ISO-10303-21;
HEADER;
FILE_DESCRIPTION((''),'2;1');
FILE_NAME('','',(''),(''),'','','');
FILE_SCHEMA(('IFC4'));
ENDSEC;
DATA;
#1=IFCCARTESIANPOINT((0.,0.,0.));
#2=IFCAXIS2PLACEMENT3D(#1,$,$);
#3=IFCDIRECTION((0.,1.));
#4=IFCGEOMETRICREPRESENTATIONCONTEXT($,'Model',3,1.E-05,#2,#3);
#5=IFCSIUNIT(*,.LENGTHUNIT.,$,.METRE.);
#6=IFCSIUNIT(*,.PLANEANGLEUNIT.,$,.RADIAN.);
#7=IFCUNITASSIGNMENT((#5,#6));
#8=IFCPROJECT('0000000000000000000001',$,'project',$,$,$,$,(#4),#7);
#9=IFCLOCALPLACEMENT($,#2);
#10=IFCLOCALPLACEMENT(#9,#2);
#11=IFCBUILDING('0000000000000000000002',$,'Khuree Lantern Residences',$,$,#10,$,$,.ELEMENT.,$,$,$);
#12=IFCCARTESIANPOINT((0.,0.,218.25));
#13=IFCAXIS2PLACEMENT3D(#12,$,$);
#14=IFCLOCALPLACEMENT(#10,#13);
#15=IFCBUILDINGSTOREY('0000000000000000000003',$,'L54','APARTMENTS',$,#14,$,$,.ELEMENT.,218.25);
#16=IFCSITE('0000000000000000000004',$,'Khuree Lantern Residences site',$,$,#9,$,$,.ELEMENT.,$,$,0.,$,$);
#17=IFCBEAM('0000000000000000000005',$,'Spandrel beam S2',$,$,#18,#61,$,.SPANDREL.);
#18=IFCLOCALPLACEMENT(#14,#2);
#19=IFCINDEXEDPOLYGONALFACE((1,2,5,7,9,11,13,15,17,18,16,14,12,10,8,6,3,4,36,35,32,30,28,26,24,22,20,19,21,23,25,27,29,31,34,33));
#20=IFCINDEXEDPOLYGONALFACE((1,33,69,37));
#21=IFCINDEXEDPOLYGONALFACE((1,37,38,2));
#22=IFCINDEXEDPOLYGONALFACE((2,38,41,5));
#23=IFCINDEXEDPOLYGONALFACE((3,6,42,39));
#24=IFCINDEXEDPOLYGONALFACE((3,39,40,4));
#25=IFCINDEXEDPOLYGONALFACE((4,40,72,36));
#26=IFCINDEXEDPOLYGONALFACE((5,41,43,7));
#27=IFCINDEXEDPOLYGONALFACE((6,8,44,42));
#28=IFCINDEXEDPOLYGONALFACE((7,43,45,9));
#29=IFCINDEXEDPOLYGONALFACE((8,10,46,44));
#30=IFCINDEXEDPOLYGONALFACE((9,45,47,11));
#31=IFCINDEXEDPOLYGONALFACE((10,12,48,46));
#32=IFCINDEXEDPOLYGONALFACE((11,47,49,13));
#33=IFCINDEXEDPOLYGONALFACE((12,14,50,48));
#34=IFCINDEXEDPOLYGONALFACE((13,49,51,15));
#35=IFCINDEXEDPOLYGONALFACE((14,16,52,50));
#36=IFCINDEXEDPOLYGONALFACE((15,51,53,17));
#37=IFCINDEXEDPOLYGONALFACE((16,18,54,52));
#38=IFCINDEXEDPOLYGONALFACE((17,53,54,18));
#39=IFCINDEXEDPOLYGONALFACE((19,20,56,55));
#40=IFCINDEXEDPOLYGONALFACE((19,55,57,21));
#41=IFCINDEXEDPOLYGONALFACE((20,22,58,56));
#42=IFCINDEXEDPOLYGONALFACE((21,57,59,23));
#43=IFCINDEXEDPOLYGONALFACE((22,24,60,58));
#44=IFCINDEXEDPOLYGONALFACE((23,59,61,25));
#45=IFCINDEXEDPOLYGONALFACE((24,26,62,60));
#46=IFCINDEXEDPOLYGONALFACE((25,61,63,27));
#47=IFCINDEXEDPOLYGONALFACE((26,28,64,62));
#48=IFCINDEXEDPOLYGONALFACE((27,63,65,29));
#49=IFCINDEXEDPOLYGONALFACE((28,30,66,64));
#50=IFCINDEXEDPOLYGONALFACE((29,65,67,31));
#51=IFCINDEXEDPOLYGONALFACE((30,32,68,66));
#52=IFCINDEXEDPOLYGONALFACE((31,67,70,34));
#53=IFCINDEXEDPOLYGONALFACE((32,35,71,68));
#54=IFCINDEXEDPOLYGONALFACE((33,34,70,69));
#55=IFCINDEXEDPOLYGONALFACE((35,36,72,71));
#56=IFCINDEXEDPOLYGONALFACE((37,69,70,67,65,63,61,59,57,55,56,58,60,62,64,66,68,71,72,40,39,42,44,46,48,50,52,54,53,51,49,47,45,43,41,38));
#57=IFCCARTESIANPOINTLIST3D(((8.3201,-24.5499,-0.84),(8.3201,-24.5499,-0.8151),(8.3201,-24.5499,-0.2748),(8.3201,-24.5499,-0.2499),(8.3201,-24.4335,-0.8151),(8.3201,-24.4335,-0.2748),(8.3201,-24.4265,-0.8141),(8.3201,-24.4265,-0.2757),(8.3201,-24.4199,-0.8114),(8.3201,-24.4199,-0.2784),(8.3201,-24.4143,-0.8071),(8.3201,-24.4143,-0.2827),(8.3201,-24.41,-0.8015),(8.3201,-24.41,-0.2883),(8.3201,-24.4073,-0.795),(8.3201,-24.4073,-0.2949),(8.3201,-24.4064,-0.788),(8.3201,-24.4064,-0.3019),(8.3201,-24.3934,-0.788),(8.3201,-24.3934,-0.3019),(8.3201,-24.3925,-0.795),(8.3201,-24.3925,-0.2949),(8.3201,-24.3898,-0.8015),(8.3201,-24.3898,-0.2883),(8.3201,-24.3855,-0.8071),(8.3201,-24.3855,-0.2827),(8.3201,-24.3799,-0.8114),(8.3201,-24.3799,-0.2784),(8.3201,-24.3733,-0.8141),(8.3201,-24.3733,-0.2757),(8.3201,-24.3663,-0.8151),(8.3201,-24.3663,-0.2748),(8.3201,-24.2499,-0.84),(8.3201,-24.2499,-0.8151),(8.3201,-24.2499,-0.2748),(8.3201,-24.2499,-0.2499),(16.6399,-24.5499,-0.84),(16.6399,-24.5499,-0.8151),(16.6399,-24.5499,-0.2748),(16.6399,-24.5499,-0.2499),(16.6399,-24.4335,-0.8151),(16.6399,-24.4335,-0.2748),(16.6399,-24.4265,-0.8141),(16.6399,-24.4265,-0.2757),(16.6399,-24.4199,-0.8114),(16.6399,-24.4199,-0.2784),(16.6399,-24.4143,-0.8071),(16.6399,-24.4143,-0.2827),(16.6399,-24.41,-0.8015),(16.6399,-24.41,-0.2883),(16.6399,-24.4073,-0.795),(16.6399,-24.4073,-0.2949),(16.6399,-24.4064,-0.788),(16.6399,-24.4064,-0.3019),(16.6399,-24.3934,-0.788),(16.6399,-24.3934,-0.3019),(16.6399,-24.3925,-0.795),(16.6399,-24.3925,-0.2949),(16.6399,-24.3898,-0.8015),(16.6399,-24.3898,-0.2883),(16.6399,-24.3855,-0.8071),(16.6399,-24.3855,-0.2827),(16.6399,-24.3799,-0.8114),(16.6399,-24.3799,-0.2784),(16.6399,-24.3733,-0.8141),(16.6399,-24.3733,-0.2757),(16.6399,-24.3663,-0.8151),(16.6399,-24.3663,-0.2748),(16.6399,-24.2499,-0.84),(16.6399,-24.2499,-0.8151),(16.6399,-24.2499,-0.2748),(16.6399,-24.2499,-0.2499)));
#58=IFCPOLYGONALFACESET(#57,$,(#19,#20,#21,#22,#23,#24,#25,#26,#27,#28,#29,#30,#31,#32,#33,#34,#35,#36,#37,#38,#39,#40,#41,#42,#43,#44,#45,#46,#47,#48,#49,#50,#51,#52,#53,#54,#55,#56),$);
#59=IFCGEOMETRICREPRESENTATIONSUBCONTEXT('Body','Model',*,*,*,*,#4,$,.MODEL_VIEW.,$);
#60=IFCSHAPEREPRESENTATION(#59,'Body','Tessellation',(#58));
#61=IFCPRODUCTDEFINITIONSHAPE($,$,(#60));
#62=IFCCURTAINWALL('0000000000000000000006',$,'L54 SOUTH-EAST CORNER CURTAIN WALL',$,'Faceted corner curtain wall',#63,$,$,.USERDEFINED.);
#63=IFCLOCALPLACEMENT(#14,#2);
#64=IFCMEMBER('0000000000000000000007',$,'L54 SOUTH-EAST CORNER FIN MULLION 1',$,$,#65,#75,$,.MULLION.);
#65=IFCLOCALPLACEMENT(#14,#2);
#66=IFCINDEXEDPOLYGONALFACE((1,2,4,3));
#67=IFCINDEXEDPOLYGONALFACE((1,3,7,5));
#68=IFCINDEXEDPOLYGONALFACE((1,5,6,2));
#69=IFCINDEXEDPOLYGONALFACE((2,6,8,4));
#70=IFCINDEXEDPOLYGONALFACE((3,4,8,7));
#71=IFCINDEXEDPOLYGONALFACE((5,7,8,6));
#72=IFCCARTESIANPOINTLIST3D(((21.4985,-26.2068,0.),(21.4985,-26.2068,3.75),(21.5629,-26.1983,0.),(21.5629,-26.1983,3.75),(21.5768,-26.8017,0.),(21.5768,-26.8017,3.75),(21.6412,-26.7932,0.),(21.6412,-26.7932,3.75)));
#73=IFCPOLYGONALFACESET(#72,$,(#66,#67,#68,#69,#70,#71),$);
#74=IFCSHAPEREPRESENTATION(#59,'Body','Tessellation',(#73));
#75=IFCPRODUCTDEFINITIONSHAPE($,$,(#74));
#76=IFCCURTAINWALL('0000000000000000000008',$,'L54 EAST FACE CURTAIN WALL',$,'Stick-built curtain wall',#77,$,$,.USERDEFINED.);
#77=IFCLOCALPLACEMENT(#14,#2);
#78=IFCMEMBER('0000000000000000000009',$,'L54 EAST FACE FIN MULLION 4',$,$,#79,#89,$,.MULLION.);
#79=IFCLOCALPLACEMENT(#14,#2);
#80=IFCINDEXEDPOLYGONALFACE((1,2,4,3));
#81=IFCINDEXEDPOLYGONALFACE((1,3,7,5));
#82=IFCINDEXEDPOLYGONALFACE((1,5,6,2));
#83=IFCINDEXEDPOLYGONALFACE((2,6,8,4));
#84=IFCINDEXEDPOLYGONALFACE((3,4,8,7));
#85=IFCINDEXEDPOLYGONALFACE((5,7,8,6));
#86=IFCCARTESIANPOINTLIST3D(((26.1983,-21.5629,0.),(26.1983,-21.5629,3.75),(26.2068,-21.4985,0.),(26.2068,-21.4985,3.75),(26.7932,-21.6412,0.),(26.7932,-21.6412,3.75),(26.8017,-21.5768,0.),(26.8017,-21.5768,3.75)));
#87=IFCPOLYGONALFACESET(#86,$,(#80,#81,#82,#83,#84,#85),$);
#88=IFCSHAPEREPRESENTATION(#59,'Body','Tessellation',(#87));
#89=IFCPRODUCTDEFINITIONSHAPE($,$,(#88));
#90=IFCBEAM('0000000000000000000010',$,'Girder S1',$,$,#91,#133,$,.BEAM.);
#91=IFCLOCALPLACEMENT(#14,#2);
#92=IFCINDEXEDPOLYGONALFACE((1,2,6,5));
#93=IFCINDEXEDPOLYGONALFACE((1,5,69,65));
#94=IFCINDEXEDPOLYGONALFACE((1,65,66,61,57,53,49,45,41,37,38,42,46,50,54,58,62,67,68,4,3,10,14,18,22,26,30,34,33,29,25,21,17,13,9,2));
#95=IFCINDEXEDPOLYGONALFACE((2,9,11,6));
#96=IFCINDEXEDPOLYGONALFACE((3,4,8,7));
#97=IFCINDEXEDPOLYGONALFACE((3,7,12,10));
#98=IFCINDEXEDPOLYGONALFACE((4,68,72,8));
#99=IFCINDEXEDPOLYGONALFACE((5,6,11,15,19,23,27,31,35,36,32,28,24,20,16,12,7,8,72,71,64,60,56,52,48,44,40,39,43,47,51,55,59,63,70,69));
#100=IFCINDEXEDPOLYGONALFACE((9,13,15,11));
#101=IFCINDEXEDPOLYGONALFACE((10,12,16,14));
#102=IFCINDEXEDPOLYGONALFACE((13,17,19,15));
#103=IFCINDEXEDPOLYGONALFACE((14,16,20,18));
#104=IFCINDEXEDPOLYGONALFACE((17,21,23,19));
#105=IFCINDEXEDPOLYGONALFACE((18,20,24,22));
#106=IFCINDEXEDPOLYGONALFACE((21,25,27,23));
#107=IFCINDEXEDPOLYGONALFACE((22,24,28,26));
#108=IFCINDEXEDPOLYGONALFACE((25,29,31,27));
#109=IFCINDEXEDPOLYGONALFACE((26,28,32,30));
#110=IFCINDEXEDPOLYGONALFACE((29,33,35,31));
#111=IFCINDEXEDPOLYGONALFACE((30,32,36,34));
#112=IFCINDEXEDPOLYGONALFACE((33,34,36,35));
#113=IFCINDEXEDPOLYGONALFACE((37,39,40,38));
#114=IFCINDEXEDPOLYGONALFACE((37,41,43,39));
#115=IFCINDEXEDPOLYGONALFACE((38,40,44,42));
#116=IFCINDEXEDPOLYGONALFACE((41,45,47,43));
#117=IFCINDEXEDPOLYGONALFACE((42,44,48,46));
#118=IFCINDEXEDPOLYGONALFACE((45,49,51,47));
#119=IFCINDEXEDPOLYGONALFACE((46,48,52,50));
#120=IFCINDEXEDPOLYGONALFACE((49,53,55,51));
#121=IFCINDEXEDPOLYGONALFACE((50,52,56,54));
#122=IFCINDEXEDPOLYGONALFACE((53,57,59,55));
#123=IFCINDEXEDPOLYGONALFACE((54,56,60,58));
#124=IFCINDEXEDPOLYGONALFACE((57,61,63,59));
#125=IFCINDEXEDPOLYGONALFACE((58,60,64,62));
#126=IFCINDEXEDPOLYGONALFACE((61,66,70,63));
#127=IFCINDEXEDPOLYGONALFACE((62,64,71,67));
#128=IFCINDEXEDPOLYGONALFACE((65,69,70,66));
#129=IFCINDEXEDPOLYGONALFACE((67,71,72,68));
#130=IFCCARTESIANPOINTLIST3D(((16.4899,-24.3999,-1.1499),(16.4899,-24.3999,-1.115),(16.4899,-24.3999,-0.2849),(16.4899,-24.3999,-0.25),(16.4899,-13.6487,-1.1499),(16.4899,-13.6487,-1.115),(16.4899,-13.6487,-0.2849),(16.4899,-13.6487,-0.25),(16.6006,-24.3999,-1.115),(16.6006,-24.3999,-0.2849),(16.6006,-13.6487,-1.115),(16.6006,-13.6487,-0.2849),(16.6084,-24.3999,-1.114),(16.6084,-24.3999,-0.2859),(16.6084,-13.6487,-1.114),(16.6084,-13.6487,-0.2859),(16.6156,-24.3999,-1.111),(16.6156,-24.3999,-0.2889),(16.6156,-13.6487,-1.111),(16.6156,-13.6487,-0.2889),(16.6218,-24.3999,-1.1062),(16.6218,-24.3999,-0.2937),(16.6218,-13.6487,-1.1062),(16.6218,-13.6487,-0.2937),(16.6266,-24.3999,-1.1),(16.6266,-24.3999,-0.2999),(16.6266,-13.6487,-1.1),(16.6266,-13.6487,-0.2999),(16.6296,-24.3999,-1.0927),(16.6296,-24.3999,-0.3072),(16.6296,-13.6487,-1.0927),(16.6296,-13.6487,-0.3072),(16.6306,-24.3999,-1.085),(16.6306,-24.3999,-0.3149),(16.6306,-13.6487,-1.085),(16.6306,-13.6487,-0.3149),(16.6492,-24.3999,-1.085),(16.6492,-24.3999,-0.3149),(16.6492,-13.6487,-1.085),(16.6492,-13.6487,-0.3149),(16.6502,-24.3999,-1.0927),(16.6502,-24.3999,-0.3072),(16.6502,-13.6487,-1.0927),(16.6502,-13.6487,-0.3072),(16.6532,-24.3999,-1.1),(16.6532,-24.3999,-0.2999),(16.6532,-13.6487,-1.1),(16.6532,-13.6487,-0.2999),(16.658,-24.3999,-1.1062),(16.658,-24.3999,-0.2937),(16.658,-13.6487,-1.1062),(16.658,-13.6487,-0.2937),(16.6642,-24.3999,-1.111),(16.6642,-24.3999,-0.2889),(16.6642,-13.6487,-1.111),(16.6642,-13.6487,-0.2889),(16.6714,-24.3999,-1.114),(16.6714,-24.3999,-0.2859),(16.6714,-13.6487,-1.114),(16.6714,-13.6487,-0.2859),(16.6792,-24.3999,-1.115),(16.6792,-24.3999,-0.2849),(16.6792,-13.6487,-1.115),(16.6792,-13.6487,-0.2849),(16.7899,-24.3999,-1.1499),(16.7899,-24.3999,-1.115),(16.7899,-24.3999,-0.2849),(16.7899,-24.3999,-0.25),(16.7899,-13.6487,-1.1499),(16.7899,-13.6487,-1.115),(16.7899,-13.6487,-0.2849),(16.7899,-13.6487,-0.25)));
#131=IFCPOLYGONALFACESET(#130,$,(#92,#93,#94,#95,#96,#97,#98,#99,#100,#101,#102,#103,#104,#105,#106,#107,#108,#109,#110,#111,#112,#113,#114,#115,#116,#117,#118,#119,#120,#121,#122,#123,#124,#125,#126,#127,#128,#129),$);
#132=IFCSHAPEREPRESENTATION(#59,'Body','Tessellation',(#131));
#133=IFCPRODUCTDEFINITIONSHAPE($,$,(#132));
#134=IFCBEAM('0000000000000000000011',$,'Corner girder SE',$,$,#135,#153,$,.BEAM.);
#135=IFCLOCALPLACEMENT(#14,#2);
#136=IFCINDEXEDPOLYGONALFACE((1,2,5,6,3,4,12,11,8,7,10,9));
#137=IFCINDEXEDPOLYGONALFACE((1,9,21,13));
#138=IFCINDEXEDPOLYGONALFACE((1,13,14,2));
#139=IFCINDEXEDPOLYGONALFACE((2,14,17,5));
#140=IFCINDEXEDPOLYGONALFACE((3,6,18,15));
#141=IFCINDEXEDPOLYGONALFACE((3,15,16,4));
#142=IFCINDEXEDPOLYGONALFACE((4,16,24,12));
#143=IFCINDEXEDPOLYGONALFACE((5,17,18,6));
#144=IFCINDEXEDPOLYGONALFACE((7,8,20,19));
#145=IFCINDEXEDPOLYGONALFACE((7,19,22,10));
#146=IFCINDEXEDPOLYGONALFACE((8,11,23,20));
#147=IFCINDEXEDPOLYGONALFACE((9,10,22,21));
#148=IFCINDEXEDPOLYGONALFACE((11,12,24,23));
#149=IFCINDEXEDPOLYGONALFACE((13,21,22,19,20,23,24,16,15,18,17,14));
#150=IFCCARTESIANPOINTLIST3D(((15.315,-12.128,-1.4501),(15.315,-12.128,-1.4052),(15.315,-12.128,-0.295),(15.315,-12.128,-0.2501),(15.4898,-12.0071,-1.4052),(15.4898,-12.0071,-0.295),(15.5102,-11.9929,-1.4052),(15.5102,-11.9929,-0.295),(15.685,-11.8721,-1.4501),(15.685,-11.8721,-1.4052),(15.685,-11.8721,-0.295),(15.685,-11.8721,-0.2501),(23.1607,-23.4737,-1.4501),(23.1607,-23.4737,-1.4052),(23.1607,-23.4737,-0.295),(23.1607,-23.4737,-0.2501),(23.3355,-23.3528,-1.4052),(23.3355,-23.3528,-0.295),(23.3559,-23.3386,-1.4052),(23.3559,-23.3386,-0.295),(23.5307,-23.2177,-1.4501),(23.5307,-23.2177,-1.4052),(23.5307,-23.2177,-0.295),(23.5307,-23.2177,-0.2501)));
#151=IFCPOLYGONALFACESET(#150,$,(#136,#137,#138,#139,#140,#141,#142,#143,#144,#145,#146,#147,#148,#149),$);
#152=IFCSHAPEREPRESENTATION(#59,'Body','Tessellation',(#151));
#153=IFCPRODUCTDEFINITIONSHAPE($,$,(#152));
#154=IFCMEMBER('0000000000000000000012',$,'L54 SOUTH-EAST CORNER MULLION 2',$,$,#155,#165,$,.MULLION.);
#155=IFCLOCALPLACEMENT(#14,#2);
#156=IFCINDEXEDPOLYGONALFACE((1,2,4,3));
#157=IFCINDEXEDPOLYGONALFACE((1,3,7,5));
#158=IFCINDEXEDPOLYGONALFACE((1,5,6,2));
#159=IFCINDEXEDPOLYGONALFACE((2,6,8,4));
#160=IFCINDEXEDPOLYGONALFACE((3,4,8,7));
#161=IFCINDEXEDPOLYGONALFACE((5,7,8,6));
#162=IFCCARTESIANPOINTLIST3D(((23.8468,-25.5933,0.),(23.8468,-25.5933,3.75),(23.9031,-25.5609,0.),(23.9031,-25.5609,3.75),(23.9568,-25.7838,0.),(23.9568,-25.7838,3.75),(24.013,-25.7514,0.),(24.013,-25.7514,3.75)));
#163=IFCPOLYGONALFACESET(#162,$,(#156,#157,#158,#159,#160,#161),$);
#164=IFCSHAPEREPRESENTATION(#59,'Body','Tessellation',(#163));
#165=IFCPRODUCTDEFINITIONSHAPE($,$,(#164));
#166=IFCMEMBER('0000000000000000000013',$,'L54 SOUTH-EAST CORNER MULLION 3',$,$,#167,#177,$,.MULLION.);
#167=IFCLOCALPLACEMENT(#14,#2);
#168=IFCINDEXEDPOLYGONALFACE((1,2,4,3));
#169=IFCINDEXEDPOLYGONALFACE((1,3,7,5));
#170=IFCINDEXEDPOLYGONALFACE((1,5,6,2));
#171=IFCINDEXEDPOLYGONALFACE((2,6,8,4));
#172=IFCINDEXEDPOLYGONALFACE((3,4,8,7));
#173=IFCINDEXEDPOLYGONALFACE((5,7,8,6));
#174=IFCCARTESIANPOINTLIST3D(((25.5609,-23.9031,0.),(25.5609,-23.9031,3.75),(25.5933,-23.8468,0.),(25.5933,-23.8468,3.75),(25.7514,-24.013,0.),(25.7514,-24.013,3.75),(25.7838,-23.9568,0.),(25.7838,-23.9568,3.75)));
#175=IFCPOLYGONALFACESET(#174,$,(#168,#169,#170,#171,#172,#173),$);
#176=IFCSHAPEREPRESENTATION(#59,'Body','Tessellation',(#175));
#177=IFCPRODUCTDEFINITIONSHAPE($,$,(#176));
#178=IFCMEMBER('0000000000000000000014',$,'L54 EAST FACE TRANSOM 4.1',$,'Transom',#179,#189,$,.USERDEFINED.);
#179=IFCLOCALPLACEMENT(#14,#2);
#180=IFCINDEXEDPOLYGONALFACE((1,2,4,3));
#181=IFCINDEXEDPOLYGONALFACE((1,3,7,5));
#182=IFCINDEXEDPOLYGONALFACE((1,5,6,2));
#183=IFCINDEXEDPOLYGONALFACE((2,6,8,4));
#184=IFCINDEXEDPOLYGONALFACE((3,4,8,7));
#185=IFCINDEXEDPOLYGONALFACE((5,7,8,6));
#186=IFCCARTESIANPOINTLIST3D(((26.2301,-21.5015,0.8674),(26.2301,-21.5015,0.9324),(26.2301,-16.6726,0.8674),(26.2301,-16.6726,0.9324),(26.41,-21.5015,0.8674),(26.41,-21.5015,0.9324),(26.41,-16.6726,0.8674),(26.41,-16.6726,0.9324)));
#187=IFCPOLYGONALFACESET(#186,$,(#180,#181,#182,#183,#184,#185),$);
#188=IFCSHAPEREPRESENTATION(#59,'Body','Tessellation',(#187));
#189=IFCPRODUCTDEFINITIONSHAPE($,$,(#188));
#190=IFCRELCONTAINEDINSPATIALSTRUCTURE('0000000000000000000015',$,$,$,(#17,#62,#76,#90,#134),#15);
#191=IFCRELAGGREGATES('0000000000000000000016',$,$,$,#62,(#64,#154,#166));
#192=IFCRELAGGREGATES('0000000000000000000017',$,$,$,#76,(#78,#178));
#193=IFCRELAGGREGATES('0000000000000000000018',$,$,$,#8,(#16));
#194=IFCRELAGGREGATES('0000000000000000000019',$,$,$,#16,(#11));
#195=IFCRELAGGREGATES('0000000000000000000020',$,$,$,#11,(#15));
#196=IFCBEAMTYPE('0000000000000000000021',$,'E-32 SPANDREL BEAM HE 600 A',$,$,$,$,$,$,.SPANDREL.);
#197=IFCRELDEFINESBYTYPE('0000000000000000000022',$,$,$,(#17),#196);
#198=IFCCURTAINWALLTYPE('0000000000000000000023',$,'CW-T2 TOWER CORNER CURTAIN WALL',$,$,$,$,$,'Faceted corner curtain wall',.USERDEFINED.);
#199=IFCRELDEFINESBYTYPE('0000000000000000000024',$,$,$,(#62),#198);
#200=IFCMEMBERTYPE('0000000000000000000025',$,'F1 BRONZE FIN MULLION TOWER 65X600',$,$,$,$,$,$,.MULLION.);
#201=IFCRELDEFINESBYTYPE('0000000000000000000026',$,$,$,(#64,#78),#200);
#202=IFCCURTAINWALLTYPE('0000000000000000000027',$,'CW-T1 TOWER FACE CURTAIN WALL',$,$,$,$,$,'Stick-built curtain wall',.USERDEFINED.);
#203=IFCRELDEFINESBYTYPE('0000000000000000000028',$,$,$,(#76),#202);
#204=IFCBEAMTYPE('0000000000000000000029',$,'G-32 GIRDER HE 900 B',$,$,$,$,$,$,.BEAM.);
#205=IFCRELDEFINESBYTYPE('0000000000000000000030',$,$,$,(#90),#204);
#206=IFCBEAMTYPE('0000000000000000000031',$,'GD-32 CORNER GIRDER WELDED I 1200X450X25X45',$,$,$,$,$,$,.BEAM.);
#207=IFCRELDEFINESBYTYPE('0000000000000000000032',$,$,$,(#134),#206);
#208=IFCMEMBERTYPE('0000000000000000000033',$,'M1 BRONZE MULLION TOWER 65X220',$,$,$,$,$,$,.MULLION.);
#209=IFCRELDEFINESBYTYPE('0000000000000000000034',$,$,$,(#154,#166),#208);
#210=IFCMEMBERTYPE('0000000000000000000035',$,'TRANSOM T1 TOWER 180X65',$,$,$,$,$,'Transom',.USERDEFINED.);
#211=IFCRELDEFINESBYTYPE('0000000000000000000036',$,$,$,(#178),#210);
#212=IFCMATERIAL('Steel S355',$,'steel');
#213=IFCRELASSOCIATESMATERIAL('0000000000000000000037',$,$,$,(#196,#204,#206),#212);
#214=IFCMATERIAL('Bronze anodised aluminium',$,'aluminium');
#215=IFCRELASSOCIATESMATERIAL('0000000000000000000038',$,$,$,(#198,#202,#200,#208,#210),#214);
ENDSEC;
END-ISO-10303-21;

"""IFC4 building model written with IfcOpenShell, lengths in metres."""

from ifc_helpers import new_model, si_unit, direction, frame, origin, origin_2d, place, context, subcontext, project, spatial, rectangle, i_section, extrude, material, material_profile, profile_set, type_object, element, aggregate, save


model = new_model("IFC4")

# Units and contexts
model_context = context("Model", 3, precision=1e-05, world=origin(), true_north=direction((0.0, 1.0)))
body_context = subcontext(model_context, "Body", "Model", "MODEL_VIEW")
ifc_project = project(units=[si_unit("LENGTHUNIT", "METRE"), si_unit("PLANEANGLEUNIT", "RADIAN")], contexts=[model_context])

# Site, building, storey
site_placement = place(None, origin())
site = spatial("IfcSite", under=ifc_project, at=site_placement, Name="Khuree Lantern Residences site", CompositionType="ELEMENT", RefElevation=0.0)
building_placement = place(site_placement, origin())
building = spatial("IfcBuilding", under=site, at=building_placement, Name="Khuree Lantern Residences", CompositionType="ELEMENT")
storey_placement = place(building_placement, frame((0.0, 0.0, 218.25)))
storey = spatial("IfcBuildingStorey", under=building, at=storey_placement, Name="L54", Description="APARTMENTS", CompositionType="ELEMENT", Elevation=218.25)

# Beam
ifc_material_1 = material(Name="Steel S355", Category="steel")
ifc_material_profile_1 = material_profile(ifc_material_1, i_section(OverallWidth=0.3, OverallDepth=0.5901, WebThickness=0.0129, FlangeThickness=0.0249, FilletRadius=0.0271, at=origin_2d()), Name="HE 600 A")
ifc_profile_set_1 = profile_set([ifc_material_profile_1], Name="Steel S355")
beam_type_1 = type_object("IfcBeamType", Name="E-32 SPANDREL BEAM HE 600 A", PredefinedType="SPANDREL", material=ifc_profile_set_1)
beam_1_placement = place(storey_placement, frame((16.6399, -24.3999, -0.5449), z_axis=(-1.0, 0.0, 0.0), x_axis=(0.0, -1.0, 0.0)))
element("IfcBeam", 1, at=beam_1_placement, inside=storey, type_object=beam_type_1, Name="Spandrel beam S2", PredefinedType="SPANDREL", context=body_context, shape_type="SweptSolid", body=[
    extrude(i_section(OverallWidth=0.3, OverallDepth=0.5901, WebThickness=0.0129, FlangeThickness=0.0249, FilletRadius=0.0271, at=origin_2d()), origin(), (0.0, 0.0, 1.0), 8.3198),
])

# Curtain walls, members
ifc_material_2 = material(Name="Bronze anodised aluminium", Category="aluminium")
curtain_wall_type_1 = type_object("IfcCurtainWallType", Name="CW-T2 TOWER CORNER CURTAIN WALL", ElementType="Faceted corner curtain wall", PredefinedType="USERDEFINED", material=ifc_material_2)
curtain_wall_1_placement = place(storey_placement, origin())
curtain_wall_1 = element("IfcCurtainWall", 2, at=curtain_wall_1_placement, inside=storey, type_object=curtain_wall_type_1, Name="L54 SOUTH-EAST CORNER CURTAIN WALL", ObjectType="Faceted corner curtain wall", PredefinedType="USERDEFINED")
ifc_material_profile_2 = material_profile(ifc_material_2, rectangle(XDim=0.0649, YDim=0.6001, at=origin_2d()), Name="F1 65X600")
ifc_profile_set_2 = profile_set([ifc_material_profile_2], Name="Bronze anodised aluminium")
member_type_1 = type_object("IfcMemberType", Name="F1 BRONZE FIN MULLION TOWER 65X600", PredefinedType="MULLION", material=ifc_profile_set_2)
member_1_placement = place(storey_placement, frame((21.5698, -26.5, 0.0), z_axis=(0.0, 0.0, 1.0), x_axis=(0.991445, 0.130526, 0.0)))
member_1 = element("IfcMember", 3, at=member_1_placement, type_object=member_type_1, Name="L54 SOUTH-EAST CORNER FIN MULLION 1", PredefinedType="MULLION", context=body_context, shape_type="SweptSolid", body=[
    extrude(rectangle(XDim=0.0649, YDim=0.6001, at=origin_2d()), origin(), (0.0, 0.0, 1.0), 3.75),
])
curtain_wall_type_2 = type_object("IfcCurtainWallType", Name="CW-T1 TOWER FACE CURTAIN WALL", ElementType="Stick-built curtain wall", PredefinedType="USERDEFINED", material=ifc_material_2)
curtain_wall_2_placement = place(storey_placement, origin())
curtain_wall_2 = element("IfcCurtainWall", 4, at=curtain_wall_2_placement, inside=storey, type_object=curtain_wall_type_2, Name="L54 EAST FACE CURTAIN WALL", ObjectType="Stick-built curtain wall", PredefinedType="USERDEFINED")
member_2_placement = place(storey_placement, frame((26.5, -21.5698, 0.0), z_axis=(0.0, 0.0, 1.0), x_axis=(0.130526, 0.991445, 0.0)))
member_2 = element("IfcMember", 5, at=member_2_placement, type_object=member_type_1, Name="L54 EAST FACE FIN MULLION 4", PredefinedType="MULLION", context=body_context, shape_type="SweptSolid", body=[
    extrude(rectangle(XDim=0.0649, YDim=0.6001, at=origin_2d()), origin(), (0.0, 0.0, 1.0), 3.75),
])

# Beams
ifc_material_profile_3 = material_profile(ifc_material_1, i_section(OverallWidth=0.3, OverallDepth=0.8999, WebThickness=0.0186, FlangeThickness=0.0349, FilletRadius=0.03, at=origin_2d()), Name="HE 900 B")
ifc_profile_set_3 = profile_set([ifc_material_profile_3], Name="Steel S355")
beam_type_2 = type_object("IfcBeamType", Name="G-32 GIRDER HE 900 B", PredefinedType="BEAM", material=ifc_profile_set_3)
beam_2_placement = place(storey_placement, frame((16.6399, -24.3999, -0.7), z_axis=(0.0, 1.0, 0.0), x_axis=(-1.0, 0.0, 0.0)))
element("IfcBeam", 6, at=beam_2_placement, inside=storey, type_object=beam_type_2, Name="Girder S1", PredefinedType="BEAM", context=body_context, shape_type="SweptSolid", body=[
    extrude(i_section(OverallWidth=0.3, OverallDepth=0.8999, WebThickness=0.0186, FlangeThickness=0.0349, FilletRadius=0.03, at=origin_2d()), origin(), (0.0, 0.0, 1.0), 10.7512),
])
ifc_material_profile_4 = material_profile(ifc_material_1, i_section(OverallWidth=0.45, OverallDepth=1.2, WebThickness=0.0249, FlangeThickness=0.0449, at=origin_2d()), Name="WELDED I 1200X450X25X45")
ifc_profile_set_4 = profile_set([ifc_material_profile_4], Name="Steel S355")
beam_type_3 = type_object("IfcBeamType", Name="GD-32 CORNER GIRDER WELDED I 1200X450X25X45", PredefinedType="BEAM", material=ifc_profile_set_4)
beam_3_placement = place(storey_placement, frame((23.3457, -23.3457, -0.8501), z_axis=(-0.568768, 0.822498, 0.0), x_axis=(-0.822498, -0.568768, 0.0)))
element("IfcBeam", 7, at=beam_3_placement, inside=storey, type_object=beam_type_3, Name="Corner girder SE", PredefinedType="BEAM", context=body_context, shape_type="SweptSolid", body=[
    extrude(i_section(OverallWidth=0.45, OverallDepth=1.2, WebThickness=0.0249, FlangeThickness=0.0449, at=origin_2d()), origin(), (0.0, 0.0, 1.0), 13.7942),
])

# Members
ifc_material_profile_5 = material_profile(ifc_material_2, rectangle(XDim=0.0649, YDim=0.22, at=origin_2d()), Name="M1 65X220")
ifc_profile_set_5 = profile_set([ifc_material_profile_5], Name="Bronze anodised aluminium")
member_type_2 = type_object("IfcMemberType", Name="M1 BRONZE MULLION TOWER 65X220", PredefinedType="MULLION", material=ifc_profile_set_5)
member_3_placement = place(storey_placement, frame((23.9299, -25.6724, 0.0), z_axis=(0.0, 0.0, 1.0), x_axis=(0.866025, 0.5, 0.0)))
member_3 = element("IfcMember", 8, at=member_3_placement, type_object=member_type_2, Name="L54 SOUTH-EAST CORNER MULLION 2", PredefinedType="MULLION", context=body_context, shape_type="SweptSolid", body=[
    extrude(rectangle(XDim=0.0649, YDim=0.22, at=origin_2d()), origin(), (0.0, 0.0, 1.0), 3.75),
])
member_4_placement = place(storey_placement, frame((25.6724, -23.9299, 0.0), z_axis=(0.0, 0.0, 1.0), x_axis=(0.5, 0.866025, 0.0)))
member_4 = element("IfcMember", 9, at=member_4_placement, type_object=member_type_2, Name="L54 SOUTH-EAST CORNER MULLION 3", PredefinedType="MULLION", context=body_context, shape_type="SweptSolid", body=[
    extrude(rectangle(XDim=0.0649, YDim=0.22, at=origin_2d()), origin(), (0.0, 0.0, 1.0), 3.75),
])
ifc_material_profile_6 = material_profile(ifc_material_2, rectangle(XDim=0.1799, YDim=0.0649, at=origin_2d()), Name="T1 180X65")
ifc_profile_set_6 = profile_set([ifc_material_profile_6], Name="Bronze anodised aluminium")
member_type_3 = type_object("IfcMemberType", Name="TRANSOM T1 TOWER 180X65", ElementType="Transom", PredefinedType="USERDEFINED", material=ifc_profile_set_6)
member_5_placement = place(storey_placement, frame((26.3201, -21.5015, 0.8999), z_axis=(0.0, 1.0, 0.0), x_axis=(-1.0, 0.0, 0.0)))
member_5 = element("IfcMember", 10, at=member_5_placement, type_object=member_type_3, Name="L54 EAST FACE TRANSOM 4.1", ObjectType="Transom", PredefinedType="USERDEFINED", context=body_context, shape_type="SweptSolid", body=[
    extrude(rectangle(XDim=0.1799, YDim=0.0649, at=origin_2d()), origin(), (0.0, 0.0, 1.0), 4.8289),
])

aggregate(curtain_wall_1, [member_1, member_3, member_4])
aggregate(curtain_wall_2, [member_2, member_5])

save(model, "model.ifc")
